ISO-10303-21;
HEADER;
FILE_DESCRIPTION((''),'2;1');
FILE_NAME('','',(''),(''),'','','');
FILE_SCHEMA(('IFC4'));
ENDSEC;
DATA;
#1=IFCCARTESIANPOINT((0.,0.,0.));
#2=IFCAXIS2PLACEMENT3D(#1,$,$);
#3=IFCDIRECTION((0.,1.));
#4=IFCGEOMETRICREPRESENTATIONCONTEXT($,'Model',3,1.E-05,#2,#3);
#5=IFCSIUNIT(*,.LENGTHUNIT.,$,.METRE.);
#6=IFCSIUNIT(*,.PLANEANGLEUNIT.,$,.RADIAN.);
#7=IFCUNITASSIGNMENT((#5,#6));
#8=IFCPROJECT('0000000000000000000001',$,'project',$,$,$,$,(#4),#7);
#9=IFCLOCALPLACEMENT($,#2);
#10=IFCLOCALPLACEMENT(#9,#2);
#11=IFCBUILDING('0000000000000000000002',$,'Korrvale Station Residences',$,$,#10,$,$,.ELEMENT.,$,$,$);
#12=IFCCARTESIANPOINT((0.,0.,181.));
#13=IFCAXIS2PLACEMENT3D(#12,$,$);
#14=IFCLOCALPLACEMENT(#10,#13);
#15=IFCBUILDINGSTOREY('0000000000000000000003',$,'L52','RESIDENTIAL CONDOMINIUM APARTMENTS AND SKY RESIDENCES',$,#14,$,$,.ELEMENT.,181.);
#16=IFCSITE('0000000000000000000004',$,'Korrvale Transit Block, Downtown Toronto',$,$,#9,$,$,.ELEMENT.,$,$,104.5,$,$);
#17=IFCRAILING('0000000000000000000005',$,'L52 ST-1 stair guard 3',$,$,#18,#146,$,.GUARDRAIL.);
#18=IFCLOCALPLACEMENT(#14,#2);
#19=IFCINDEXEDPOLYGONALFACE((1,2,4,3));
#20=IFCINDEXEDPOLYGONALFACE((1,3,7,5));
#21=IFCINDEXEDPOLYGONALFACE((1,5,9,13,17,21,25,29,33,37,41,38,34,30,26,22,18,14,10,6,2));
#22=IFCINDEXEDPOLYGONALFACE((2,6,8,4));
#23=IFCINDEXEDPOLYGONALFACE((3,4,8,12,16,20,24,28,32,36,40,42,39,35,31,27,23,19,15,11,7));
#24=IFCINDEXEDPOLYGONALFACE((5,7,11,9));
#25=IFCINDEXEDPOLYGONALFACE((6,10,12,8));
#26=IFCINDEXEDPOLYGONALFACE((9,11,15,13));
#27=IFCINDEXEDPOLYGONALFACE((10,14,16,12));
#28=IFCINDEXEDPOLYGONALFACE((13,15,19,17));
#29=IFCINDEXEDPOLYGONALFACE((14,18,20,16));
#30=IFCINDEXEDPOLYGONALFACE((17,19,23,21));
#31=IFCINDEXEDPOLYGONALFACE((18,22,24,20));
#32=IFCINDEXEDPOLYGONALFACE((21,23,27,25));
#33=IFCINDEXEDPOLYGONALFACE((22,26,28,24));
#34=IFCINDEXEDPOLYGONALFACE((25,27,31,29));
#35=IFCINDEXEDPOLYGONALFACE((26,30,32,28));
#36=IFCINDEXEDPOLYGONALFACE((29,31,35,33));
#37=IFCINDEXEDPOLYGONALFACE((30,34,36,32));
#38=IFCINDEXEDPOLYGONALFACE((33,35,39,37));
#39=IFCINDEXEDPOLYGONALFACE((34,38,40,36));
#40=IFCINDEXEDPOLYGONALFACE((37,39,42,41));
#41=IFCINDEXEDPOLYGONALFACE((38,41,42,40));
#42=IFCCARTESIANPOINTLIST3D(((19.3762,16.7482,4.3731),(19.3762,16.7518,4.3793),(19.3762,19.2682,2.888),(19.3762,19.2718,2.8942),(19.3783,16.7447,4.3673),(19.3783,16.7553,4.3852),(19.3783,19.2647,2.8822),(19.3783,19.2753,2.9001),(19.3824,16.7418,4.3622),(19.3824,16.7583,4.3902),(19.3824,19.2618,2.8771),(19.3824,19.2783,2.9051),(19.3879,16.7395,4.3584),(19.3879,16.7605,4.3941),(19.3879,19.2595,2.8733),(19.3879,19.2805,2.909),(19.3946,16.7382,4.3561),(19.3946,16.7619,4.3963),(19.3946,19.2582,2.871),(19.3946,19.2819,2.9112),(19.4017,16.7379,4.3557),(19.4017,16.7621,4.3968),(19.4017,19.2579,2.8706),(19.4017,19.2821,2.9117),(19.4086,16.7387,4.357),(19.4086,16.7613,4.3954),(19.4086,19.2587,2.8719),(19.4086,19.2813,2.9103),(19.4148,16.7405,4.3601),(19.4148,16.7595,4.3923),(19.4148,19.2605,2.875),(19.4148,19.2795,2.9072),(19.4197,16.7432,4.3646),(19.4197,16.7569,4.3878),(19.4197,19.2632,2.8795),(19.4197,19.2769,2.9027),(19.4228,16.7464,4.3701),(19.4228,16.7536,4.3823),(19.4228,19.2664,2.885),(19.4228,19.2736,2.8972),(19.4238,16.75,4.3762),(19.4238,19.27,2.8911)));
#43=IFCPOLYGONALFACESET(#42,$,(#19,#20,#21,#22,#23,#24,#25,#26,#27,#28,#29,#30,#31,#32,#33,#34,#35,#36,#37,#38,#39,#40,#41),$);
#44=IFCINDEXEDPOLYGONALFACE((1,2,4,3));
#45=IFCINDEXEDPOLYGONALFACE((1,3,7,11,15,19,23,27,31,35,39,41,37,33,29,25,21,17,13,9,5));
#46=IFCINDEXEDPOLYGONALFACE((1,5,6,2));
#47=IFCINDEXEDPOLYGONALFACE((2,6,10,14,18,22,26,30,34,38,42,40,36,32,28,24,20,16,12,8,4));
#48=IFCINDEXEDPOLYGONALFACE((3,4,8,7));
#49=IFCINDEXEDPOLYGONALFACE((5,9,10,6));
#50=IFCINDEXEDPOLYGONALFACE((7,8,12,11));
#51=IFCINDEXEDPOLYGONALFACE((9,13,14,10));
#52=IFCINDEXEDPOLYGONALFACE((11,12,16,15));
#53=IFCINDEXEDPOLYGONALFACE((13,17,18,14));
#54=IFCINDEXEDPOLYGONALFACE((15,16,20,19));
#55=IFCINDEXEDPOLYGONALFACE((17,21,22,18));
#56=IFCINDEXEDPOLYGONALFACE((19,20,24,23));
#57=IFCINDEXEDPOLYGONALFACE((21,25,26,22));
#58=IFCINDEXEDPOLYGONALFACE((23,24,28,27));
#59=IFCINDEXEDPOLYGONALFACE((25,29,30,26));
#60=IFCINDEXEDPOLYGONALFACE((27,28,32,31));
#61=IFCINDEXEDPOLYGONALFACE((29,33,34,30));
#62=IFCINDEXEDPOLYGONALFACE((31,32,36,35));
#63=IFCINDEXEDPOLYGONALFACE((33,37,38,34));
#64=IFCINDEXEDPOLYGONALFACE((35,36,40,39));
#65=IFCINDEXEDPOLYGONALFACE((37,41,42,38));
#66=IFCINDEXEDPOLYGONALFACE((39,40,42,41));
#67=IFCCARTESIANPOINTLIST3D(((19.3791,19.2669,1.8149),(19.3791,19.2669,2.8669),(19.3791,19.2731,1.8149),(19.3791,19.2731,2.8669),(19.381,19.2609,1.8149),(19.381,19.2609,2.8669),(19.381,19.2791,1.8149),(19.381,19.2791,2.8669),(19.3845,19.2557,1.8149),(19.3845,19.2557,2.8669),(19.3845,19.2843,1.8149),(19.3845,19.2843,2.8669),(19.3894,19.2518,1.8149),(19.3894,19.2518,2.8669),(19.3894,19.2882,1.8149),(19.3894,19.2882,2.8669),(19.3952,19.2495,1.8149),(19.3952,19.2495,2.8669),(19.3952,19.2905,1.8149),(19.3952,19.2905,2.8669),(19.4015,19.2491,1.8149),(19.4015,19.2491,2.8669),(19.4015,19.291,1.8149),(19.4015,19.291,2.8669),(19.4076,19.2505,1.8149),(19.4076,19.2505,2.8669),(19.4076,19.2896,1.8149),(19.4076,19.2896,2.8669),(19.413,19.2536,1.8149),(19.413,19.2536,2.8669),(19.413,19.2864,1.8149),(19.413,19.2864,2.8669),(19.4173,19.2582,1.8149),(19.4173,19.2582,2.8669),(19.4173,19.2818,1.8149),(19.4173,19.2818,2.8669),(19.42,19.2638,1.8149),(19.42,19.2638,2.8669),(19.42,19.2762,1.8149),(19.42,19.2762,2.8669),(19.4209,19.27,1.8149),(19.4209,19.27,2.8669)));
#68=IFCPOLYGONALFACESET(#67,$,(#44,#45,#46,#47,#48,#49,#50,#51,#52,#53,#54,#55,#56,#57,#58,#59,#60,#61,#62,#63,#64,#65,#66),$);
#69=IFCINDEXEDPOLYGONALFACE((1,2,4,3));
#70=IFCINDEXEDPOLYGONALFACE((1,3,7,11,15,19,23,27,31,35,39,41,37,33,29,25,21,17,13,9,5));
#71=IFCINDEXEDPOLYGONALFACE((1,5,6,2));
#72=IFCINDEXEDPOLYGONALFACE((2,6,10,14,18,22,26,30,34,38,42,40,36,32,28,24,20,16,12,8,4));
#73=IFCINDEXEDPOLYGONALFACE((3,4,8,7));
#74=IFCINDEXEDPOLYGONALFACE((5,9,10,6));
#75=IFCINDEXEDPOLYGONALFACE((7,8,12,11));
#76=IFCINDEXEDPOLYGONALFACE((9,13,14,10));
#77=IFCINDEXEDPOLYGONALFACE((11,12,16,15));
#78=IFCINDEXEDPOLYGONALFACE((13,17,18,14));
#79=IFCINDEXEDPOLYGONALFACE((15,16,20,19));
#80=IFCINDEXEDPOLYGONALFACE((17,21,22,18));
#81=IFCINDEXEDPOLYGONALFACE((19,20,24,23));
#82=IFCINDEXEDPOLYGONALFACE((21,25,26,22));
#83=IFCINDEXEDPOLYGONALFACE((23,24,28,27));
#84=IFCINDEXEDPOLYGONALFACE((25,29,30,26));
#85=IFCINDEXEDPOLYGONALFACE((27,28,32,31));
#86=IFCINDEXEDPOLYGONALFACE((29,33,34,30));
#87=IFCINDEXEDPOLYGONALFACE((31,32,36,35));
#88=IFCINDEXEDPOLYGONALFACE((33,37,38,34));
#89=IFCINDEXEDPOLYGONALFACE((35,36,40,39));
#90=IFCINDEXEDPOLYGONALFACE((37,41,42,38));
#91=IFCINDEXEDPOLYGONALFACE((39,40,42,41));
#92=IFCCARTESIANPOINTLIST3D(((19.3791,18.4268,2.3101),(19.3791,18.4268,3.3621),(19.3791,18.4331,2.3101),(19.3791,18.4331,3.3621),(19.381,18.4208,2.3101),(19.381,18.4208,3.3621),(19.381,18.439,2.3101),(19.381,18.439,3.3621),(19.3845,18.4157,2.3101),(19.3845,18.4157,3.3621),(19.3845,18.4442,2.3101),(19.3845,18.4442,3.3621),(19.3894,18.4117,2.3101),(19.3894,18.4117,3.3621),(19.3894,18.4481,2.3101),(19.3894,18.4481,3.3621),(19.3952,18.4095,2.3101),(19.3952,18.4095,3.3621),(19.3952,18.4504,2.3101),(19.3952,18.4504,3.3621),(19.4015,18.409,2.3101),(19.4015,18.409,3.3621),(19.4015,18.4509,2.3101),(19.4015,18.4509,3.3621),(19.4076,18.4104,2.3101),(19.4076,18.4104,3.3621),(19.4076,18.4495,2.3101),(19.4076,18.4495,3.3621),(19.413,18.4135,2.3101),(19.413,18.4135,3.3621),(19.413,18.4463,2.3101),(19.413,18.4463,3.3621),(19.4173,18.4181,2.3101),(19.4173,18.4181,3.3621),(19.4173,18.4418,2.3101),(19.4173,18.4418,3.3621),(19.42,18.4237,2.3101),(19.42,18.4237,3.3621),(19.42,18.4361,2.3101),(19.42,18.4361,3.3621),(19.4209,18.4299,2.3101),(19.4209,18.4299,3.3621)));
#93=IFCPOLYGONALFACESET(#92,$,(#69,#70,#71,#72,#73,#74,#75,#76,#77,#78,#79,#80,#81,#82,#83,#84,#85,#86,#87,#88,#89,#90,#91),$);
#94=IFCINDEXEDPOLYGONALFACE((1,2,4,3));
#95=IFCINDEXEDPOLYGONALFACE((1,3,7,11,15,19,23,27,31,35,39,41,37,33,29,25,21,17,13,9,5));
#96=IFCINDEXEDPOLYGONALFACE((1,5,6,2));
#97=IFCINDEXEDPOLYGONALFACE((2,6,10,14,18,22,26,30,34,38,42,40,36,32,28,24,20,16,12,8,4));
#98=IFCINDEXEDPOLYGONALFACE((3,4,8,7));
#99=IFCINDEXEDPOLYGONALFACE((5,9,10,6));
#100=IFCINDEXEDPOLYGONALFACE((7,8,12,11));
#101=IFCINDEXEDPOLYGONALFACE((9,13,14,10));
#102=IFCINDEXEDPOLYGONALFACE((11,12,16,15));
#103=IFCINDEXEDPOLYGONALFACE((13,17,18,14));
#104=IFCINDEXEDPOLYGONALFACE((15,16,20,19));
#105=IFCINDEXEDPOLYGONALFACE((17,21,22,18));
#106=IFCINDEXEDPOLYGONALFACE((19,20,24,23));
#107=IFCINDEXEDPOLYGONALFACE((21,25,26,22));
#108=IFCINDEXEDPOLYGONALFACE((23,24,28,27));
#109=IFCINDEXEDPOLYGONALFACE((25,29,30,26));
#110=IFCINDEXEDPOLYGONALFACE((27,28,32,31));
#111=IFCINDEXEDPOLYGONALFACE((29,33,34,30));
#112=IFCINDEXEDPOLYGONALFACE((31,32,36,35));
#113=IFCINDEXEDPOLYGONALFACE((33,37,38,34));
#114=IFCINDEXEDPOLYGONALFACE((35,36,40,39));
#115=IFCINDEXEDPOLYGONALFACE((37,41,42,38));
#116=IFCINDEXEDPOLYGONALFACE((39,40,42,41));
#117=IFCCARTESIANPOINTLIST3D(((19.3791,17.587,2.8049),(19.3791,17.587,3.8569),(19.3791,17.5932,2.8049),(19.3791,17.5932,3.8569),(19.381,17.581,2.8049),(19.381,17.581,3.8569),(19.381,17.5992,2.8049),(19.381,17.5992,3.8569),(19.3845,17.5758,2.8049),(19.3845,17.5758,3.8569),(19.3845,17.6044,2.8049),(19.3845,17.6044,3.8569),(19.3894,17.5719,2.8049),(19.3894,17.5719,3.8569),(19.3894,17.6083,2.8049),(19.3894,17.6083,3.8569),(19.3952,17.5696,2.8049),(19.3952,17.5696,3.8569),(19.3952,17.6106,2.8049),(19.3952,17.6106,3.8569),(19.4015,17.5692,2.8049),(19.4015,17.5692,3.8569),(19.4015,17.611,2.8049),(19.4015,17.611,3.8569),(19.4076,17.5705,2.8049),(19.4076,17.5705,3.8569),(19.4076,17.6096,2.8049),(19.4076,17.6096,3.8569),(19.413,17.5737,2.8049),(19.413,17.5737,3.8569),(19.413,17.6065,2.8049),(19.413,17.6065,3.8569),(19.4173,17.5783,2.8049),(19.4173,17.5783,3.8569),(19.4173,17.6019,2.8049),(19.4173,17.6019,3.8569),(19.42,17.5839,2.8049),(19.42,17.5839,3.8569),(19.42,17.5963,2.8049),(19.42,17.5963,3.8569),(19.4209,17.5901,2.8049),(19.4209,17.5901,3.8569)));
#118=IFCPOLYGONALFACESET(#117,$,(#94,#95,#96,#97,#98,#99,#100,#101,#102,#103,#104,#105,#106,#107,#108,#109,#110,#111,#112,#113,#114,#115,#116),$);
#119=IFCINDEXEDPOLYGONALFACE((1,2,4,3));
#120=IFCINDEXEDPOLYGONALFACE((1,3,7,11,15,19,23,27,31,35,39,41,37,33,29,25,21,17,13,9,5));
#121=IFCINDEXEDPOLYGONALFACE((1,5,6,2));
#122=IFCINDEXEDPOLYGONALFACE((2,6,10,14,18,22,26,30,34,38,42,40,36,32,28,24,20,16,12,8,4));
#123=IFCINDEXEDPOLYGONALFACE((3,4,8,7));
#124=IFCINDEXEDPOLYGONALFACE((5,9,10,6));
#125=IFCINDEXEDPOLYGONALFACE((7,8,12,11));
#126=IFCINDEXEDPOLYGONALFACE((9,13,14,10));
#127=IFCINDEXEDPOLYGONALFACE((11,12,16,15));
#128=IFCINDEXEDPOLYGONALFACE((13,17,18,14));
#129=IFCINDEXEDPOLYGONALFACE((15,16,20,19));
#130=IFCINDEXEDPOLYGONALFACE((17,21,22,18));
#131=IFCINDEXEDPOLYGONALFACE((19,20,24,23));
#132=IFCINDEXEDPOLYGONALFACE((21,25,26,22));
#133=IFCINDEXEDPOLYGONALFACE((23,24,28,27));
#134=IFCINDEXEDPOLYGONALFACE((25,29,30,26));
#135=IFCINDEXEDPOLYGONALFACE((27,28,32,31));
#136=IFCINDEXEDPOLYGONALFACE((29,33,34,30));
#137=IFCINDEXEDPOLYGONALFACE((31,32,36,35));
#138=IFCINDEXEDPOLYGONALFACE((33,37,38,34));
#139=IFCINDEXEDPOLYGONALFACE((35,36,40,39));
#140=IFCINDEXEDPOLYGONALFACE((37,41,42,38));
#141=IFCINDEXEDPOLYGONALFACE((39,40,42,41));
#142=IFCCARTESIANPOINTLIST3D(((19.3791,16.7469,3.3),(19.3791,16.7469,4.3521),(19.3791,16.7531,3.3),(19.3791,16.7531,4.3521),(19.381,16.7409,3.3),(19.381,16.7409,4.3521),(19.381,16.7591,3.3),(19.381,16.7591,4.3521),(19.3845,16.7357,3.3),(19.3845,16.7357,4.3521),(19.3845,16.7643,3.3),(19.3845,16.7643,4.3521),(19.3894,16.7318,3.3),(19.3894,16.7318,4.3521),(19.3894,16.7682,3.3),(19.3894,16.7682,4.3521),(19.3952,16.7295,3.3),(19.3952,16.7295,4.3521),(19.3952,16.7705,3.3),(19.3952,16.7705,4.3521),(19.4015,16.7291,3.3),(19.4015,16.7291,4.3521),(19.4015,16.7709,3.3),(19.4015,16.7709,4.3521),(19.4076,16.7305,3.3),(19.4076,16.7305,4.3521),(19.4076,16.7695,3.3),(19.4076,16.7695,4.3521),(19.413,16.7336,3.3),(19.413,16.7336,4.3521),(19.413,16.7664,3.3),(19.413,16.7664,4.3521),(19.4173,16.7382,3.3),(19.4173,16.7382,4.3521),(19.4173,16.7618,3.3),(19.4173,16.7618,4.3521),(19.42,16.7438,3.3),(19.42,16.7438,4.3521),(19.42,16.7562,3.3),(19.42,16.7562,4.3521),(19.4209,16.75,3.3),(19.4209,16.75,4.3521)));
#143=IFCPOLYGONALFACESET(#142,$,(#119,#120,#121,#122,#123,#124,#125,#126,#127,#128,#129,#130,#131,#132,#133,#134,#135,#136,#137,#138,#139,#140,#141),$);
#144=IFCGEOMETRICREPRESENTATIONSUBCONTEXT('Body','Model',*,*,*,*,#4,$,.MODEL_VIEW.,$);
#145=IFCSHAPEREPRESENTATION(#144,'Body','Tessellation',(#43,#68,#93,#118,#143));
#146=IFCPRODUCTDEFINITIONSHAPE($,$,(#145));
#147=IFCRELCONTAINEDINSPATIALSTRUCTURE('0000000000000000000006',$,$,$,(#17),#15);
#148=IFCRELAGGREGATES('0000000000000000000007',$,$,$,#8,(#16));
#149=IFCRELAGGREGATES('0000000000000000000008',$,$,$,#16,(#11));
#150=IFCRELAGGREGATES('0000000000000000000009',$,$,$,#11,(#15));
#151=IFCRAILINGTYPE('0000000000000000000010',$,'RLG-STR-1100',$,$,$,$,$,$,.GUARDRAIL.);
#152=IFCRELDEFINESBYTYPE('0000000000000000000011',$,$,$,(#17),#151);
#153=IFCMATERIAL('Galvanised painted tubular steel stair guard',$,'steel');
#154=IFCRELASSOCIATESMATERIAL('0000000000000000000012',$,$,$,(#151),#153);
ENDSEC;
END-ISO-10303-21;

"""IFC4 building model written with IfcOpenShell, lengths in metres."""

from ifc_helpers import new_model, si_unit, direction, frame, origin, origin_2d, place, context, subcontext, project, spatial, circle, extrude, material, type_object, element, save


model = new_model("IFC4")

# Units and contexts
model_context = context("Model", 3, precision=1e-05, world=origin(), true_north=direction((0.0, 1.0)))
body_context = subcontext(model_context, "Body", "Model", "MODEL_VIEW")
ifc_project = project(units=[si_unit("LENGTHUNIT", "METRE"), si_unit("PLANEANGLEUNIT", "RADIAN")], contexts=[model_context])

# Site, building, storey
site_placement = place(None, origin())
site = spatial("IfcSite", under=ifc_project, at=site_placement, Name="Korrvale Transit Block, Downtown Toronto", CompositionType="ELEMENT", RefElevation=104.5)
building_placement = place(site_placement, origin())
building = spatial("IfcBuilding", under=site, at=building_placement, Name="Korrvale Station Residences", CompositionType="ELEMENT")
storey_placement = place(building_placement, frame((0.0, 0.0, 181.0)))
storey = spatial("IfcBuildingStorey", under=building, at=storey_placement, Name="L52", Description="RESIDENTIAL CONDOMINIUM APARTMENTS AND SKY RESIDENCES", CompositionType="ELEMENT", Elevation=181.0)

# Railing
ifc_material_1 = material(Name="Galvanised painted tubular steel stair guard", Category="steel")
railing_type_1 = type_object("IfcRailingType", Name="RLG-STR-1100", PredefinedType="GUARDRAIL", material=ifc_material_1)
railing_1_placement = place(storey_placement, frame((19.3999, 19.27, 1.8149)))
element("IfcRailing", 1, at=railing_1_placement, inside=storey, type_object=railing_type_1, Name="L52 ST-1 stair guard 3", PredefinedType="GUARDRAIL", context=body_context, shape_type="SweptSolid", body=[
    extrude(circle(Radius=0.0239, at=origin_2d()), frame((0.0, 0.0, 1.0762), z_axis=(0.0, -0.861524, 0.507717), x_axis=(1.0, 0.0, 0.0)), (0.0, 0.0, 1.0), 2.925),
    extrude(circle(Radius=0.021, at=origin_2d()), origin(), (0.0, 0.0, 1.0), 1.052),
    extrude(circle(Radius=0.021, at=origin_2d()), frame((0.0, -0.8401, 0.4951)), (0.0, 0.0, 1.0), 1.052),
    extrude(circle(Radius=0.021, at=origin_2d()), frame((0.0, -1.6799, 0.99)), (0.0, 0.0, 1.0), 1.052),
    extrude(circle(Radius=0.021, at=origin_2d()), frame((0.0, -2.52, 1.4851)), (0.0, 0.0, 1.0), 1.052),
])

save(model, "model.ifc")
